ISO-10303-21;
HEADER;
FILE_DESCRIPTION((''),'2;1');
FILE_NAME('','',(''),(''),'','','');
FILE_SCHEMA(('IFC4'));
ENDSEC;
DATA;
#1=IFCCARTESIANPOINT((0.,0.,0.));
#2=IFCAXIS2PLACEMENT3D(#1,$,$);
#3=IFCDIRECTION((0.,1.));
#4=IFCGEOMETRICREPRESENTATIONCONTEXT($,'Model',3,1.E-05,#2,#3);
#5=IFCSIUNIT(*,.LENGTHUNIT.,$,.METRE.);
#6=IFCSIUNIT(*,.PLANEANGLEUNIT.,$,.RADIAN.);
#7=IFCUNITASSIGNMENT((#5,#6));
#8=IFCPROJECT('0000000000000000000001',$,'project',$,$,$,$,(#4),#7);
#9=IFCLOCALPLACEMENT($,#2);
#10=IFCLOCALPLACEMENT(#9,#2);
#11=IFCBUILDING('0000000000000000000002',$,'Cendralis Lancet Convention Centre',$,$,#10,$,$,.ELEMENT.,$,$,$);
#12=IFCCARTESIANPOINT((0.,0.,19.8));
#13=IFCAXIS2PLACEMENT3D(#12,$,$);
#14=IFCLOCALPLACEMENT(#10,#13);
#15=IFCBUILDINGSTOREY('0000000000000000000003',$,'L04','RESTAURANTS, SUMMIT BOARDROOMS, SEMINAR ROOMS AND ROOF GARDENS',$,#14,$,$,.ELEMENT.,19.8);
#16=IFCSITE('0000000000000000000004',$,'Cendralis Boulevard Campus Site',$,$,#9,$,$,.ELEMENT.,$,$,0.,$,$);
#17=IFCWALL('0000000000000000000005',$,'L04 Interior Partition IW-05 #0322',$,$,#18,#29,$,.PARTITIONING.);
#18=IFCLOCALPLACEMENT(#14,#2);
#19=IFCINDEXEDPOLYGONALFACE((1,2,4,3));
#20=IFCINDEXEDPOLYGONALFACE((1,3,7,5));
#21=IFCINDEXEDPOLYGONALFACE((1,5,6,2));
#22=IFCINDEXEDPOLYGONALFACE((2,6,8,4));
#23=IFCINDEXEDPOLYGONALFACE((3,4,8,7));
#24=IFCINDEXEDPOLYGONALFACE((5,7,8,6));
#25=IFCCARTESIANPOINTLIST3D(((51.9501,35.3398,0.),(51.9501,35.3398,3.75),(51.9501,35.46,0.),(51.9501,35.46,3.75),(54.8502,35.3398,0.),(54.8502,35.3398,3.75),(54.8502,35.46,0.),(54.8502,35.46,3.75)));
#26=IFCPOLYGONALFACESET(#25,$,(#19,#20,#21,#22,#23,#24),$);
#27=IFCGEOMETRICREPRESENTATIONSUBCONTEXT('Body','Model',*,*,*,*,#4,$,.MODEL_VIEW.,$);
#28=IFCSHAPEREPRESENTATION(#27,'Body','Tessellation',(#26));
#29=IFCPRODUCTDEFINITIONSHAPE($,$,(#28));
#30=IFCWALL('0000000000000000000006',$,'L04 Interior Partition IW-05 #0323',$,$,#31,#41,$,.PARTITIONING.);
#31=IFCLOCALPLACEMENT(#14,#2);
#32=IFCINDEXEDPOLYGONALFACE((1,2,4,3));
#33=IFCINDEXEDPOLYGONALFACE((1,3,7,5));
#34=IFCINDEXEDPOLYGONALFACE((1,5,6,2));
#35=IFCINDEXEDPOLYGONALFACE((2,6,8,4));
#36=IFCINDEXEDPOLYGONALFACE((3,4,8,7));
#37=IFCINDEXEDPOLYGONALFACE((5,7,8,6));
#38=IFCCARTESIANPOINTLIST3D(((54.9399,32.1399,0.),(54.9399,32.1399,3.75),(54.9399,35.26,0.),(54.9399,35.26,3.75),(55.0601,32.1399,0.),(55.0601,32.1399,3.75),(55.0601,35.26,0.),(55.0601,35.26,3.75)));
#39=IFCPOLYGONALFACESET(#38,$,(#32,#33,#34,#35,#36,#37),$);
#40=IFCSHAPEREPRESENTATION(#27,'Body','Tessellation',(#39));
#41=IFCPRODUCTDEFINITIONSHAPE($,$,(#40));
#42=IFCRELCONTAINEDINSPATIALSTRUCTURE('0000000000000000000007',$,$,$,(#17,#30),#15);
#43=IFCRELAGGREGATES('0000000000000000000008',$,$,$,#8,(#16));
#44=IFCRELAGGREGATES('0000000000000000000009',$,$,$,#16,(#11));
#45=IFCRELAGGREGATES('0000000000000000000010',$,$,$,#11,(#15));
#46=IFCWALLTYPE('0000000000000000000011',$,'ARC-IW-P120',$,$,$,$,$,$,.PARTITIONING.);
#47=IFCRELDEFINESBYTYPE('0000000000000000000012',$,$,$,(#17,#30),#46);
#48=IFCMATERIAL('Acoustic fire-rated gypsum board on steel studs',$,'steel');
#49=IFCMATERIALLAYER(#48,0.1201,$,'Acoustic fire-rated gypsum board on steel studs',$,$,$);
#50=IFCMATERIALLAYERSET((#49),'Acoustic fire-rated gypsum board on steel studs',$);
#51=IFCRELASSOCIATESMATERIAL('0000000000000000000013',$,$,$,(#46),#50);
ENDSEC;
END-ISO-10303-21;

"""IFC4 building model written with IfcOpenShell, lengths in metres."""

from ifc_helpers import new_model, si_unit, direction, frame, frame_2d, origin, place, context, subcontext, project, spatial, rectangle, extrude, material, layer, layer_set, type_object, element, save


model = new_model("IFC4")

# Units and contexts
model_context = context("Model", 3, precision=1e-05, world=origin(), true_north=direction((0.0, 1.0)))
body_context = subcontext(model_context, "Body", "Model", "MODEL_VIEW")
ifc_project = project(units=[si_unit("LENGTHUNIT", "METRE"), si_unit("PLANEANGLEUNIT", "RADIAN")], contexts=[model_context])

# Site, building, storey
site_placement = place(None, origin())
site = spatial("IfcSite", under=ifc_project, at=site_placement, Name="Cendralis Boulevard Campus Site", CompositionType="ELEMENT", RefElevation=0.0)
building_placement = place(site_placement, origin())
building = spatial("IfcBuilding", under=site, at=building_placement, Name="Cendralis Lancet Convention Centre", CompositionType="ELEMENT")
storey_placement = place(building_placement, frame((0.0, 0.0, 19.8)))
storey = spatial("IfcBuildingStorey", under=building, at=storey_placement, Name="L04", Description="RESTAURANTS, SUMMIT BOARDROOMS, SEMINAR ROOMS AND ROOF GARDENS", CompositionType="ELEMENT", Elevation=19.8)

# Shared definitions
ifc_material_1 = material(Name="Acoustic fire-rated gypsum board on steel studs", Category="steel")
ifc_layer_1 = layer(ifc_material_1, 0.1201, Name="Acoustic fire-rated gypsum board on steel studs")
ifc_layer_set_1 = layer_set([ifc_layer_1], Name="Acoustic fire-rated gypsum board on steel studs")
wall_type_1 = type_object("IfcWallType", Name="ARC-IW-P120", PredefinedType="PARTITIONING", material=ifc_layer_set_1)

# Walls
wall_1_placement = place(storey_placement, frame((51.95, 35.3999, 0.0), z_axis=(0.0, 0.0, 1.0), x_axis=(1.0, 0.0, 0.0)))
element("IfcWall", 1, at=wall_1_placement, inside=storey, type_object=wall_type_1, Name="L04 Interior Partition IW-05 #0322", PredefinedType="PARTITIONING", context=body_context, shape_type="SweptSolid", body=[
    extrude(rectangle(XDim=2.9001, YDim=0.1201, at=frame_2d((1.4502, 0.0))), origin(), (0.0, 0.0, 1.0), 3.75),
])
wall_2_placement = place(storey_placement, frame((55.0, 32.1399, 0.0), z_axis=(0.0, 0.0, 1.0), x_axis=(0.0, 1.0, 0.0)))
element("IfcWall", 2, at=wall_2_placement, inside=storey, type_object=wall_type_1, Name="L04 Interior Partition IW-05 #0323", PredefinedType="PARTITIONING", context=body_context, shape_type="SweptSolid", body=[
    extrude(rectangle(XDim=3.1201, YDim=0.1201, at=frame_2d((1.5601, 0.0))), origin(), (0.0, 0.0, 1.0), 3.75),
])

save(model, "model.ifc")
